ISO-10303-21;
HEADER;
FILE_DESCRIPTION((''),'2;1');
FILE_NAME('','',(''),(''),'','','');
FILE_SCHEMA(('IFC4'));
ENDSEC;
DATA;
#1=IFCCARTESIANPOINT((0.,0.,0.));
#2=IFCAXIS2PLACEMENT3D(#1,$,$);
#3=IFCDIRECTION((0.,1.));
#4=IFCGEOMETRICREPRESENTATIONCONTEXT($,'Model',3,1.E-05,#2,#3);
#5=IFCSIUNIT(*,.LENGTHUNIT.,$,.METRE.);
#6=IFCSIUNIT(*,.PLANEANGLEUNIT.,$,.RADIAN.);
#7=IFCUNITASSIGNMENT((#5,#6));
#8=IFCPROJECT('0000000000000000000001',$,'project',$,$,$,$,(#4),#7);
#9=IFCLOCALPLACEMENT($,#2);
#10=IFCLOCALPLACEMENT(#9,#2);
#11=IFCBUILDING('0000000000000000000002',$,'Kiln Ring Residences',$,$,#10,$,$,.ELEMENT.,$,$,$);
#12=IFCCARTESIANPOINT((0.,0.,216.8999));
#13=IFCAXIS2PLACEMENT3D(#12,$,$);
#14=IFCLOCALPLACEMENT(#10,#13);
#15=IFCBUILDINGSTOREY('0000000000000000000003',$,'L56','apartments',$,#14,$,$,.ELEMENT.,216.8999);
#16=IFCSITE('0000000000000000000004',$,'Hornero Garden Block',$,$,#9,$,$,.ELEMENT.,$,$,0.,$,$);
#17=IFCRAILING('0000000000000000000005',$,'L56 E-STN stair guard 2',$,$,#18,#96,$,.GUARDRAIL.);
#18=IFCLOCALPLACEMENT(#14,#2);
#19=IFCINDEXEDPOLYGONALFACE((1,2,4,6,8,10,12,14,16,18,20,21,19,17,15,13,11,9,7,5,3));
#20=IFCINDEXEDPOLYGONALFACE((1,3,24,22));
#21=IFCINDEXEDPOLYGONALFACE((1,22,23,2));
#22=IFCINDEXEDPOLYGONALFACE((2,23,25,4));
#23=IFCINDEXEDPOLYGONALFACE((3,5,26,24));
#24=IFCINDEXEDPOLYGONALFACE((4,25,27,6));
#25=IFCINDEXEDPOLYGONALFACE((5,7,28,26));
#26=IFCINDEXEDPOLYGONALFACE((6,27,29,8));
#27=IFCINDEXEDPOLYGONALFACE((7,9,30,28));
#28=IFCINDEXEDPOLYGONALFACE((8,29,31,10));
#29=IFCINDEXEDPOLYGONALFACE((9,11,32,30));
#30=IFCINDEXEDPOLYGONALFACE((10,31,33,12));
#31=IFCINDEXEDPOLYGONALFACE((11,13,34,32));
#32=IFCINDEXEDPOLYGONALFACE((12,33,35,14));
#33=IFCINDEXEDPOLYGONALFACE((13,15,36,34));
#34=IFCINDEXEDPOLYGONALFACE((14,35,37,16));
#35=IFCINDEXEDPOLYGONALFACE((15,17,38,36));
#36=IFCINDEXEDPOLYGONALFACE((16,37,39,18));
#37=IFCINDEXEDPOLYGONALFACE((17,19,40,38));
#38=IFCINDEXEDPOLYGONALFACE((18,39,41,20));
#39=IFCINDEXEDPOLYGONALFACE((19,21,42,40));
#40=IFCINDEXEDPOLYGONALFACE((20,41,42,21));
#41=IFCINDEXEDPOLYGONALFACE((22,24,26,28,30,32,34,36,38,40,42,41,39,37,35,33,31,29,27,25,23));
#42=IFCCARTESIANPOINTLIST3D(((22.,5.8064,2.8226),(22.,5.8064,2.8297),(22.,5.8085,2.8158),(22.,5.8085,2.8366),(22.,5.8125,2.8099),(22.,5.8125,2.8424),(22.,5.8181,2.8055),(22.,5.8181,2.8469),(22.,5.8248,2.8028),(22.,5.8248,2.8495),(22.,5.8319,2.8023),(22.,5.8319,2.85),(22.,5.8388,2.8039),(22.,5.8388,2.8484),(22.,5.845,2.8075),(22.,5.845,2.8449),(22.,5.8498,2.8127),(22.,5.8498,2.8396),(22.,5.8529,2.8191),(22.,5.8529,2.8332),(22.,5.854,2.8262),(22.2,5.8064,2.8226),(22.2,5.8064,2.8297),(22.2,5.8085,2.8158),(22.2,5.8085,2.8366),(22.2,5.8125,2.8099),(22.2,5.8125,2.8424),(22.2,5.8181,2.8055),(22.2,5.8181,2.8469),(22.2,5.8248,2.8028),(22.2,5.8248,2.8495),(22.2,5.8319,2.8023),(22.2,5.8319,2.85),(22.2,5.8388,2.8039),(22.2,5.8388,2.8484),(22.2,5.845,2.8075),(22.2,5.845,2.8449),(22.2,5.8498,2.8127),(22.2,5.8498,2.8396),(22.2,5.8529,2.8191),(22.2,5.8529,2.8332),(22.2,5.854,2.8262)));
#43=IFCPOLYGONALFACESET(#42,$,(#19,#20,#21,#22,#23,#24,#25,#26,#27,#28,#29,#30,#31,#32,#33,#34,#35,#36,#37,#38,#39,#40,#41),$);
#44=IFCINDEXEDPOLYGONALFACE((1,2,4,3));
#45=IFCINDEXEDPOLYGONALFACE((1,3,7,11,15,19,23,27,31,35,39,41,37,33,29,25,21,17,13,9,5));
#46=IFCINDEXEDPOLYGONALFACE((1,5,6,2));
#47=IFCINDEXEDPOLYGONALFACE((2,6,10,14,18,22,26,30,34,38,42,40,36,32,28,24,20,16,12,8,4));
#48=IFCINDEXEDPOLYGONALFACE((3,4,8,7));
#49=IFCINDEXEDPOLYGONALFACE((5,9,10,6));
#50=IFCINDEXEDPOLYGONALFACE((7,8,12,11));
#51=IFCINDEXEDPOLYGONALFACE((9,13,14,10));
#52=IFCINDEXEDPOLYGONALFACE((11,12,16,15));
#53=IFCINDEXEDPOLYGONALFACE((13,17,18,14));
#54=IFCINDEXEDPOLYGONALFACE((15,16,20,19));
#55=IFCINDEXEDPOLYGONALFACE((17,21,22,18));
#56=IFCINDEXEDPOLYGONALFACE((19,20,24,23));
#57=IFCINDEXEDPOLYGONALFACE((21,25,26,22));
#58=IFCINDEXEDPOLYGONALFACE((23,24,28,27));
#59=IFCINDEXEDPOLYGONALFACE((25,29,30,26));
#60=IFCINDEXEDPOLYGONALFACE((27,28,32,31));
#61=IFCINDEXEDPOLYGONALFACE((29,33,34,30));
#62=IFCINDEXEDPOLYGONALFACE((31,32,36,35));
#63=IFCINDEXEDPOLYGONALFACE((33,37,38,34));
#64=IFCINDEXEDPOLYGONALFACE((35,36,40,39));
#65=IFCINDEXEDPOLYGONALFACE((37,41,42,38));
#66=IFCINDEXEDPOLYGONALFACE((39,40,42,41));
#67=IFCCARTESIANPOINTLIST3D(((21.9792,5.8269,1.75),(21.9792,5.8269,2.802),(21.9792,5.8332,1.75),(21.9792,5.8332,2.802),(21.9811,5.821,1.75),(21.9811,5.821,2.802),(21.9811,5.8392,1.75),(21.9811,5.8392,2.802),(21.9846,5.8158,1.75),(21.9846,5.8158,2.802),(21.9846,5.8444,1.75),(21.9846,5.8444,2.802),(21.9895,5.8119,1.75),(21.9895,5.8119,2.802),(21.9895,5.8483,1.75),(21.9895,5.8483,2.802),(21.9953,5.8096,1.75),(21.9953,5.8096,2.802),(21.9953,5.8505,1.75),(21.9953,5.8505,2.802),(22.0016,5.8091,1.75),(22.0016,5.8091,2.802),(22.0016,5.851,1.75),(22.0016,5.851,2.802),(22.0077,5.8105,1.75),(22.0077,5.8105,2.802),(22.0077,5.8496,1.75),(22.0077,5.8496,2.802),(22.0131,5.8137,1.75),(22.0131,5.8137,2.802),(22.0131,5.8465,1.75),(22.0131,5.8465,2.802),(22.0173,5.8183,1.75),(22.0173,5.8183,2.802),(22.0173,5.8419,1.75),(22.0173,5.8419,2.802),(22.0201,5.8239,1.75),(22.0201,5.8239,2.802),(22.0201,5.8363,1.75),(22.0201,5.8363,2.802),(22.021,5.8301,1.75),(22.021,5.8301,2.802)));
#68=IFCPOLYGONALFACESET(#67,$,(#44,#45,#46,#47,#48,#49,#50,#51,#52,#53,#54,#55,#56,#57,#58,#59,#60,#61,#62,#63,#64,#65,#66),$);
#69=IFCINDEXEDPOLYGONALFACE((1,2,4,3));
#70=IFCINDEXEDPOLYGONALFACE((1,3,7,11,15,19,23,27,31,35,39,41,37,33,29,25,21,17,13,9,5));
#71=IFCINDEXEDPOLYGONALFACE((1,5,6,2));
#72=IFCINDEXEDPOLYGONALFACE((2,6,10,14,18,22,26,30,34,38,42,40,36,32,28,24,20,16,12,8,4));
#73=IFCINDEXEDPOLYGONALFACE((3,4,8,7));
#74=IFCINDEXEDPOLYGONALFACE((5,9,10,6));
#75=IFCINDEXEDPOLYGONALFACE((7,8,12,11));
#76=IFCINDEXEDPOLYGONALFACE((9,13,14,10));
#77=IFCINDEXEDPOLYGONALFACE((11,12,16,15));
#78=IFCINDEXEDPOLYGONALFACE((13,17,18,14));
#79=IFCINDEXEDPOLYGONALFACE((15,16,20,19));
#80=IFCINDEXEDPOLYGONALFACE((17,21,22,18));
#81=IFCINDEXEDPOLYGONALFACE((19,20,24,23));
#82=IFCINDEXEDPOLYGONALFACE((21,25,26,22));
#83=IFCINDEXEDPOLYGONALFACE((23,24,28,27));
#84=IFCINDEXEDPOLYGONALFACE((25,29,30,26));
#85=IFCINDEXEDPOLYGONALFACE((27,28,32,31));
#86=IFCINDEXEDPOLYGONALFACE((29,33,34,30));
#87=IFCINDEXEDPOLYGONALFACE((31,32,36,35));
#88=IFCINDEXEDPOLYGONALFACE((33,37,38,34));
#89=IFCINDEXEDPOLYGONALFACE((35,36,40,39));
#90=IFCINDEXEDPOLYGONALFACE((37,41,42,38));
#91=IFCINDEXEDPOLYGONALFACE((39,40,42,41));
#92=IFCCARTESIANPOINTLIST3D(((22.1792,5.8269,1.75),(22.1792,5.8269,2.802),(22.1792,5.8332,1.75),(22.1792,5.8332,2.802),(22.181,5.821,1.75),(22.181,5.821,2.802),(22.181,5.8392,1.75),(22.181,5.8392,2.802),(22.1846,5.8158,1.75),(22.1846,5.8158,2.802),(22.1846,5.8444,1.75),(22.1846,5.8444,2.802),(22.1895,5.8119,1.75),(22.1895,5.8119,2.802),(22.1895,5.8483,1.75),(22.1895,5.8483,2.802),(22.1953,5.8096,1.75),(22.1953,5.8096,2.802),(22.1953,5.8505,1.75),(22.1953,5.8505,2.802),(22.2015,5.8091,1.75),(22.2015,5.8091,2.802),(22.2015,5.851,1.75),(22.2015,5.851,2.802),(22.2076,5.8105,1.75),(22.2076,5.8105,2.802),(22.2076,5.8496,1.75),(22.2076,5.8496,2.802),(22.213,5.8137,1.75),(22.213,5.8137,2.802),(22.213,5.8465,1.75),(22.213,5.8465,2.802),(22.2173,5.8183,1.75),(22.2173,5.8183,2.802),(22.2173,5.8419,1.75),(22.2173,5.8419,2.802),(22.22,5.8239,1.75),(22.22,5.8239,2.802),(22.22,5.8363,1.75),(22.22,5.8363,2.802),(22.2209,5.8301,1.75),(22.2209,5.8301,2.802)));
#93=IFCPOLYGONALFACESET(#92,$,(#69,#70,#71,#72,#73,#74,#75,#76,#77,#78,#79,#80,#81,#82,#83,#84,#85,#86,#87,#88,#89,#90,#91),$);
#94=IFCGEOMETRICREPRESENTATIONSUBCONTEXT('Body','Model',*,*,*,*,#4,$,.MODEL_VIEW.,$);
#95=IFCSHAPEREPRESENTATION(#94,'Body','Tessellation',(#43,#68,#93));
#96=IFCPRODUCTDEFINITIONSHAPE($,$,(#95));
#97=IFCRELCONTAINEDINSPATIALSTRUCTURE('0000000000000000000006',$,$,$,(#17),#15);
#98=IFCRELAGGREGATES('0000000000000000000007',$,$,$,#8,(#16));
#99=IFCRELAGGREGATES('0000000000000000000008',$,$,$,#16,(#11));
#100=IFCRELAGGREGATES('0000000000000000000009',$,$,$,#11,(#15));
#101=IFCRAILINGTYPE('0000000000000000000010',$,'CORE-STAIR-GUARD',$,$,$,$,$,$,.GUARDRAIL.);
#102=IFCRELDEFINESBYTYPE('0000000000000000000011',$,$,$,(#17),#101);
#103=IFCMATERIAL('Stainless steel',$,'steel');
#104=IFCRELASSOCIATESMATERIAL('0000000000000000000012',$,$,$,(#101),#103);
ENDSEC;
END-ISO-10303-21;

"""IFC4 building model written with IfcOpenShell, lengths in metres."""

from ifc_helpers import new_model, si_unit, direction, frame, origin, origin_2d, place, context, subcontext, project, spatial, circle, extrude, material, type_object, element, save


model = new_model("IFC4")

# Units and contexts
model_context = context("Model", 3, precision=1e-05, world=origin(), true_north=direction((0.0, 1.0)))
body_context = subcontext(model_context, "Body", "Model", "MODEL_VIEW")
ifc_project = project(units=[si_unit("LENGTHUNIT", "METRE"), si_unit("PLANEANGLEUNIT", "RADIAN")], contexts=[model_context])

# Site, building, storey
site_placement = place(None, origin())
site = spatial("IfcSite", under=ifc_project, at=site_placement, Name="Hornero Garden Block", CompositionType="ELEMENT", RefElevation=0.0)
building_placement = place(site_placement, origin())
building = spatial("IfcBuilding", under=site, at=building_placement, Name="Kiln Ring Residences", CompositionType="ELEMENT")
storey_placement = place(building_placement, frame((0.0, 0.0, 216.8999)))
storey = spatial("IfcBuildingStorey", under=building, at=storey_placement, Name="L56", Description="apartments", CompositionType="ELEMENT", Elevation=216.8999)

# Railing
ifc_material_1 = material(Name="Stainless steel", Category="steel")
railing_type_1 = type_object("IfcRailingType", Name="CORE-STAIR-GUARD", PredefinedType="GUARDRAIL", material=ifc_material_1)
railing_1_placement = place(storey_placement, frame((22.0, 5.8301, 1.75)))
element("IfcRailing", 1, at=railing_1_placement, inside=storey, type_object=railing_type_1, Name="L56 E-STN stair guard 2", PredefinedType="GUARDRAIL", context=body_context, shape_type="SweptSolid", body=[
    extrude(circle(Radius=0.0239, at=origin_2d()), frame((0.0, 0.0, 1.0762), z_axis=(1.0, 0.0, 0.0), x_axis=(0.0, 1.0, 0.0)), (0.0, 0.0, 1.0), 0.2),
    extrude(circle(Radius=0.021, at=origin_2d()), origin(), (0.0, 0.0, 1.0), 1.052),
    extrude(circle(Radius=0.021, at=origin_2d()), frame((0.2, 0.0, 0.0)), (0.0, 0.0, 1.0), 1.052),
])

save(model, "model.ifc")
